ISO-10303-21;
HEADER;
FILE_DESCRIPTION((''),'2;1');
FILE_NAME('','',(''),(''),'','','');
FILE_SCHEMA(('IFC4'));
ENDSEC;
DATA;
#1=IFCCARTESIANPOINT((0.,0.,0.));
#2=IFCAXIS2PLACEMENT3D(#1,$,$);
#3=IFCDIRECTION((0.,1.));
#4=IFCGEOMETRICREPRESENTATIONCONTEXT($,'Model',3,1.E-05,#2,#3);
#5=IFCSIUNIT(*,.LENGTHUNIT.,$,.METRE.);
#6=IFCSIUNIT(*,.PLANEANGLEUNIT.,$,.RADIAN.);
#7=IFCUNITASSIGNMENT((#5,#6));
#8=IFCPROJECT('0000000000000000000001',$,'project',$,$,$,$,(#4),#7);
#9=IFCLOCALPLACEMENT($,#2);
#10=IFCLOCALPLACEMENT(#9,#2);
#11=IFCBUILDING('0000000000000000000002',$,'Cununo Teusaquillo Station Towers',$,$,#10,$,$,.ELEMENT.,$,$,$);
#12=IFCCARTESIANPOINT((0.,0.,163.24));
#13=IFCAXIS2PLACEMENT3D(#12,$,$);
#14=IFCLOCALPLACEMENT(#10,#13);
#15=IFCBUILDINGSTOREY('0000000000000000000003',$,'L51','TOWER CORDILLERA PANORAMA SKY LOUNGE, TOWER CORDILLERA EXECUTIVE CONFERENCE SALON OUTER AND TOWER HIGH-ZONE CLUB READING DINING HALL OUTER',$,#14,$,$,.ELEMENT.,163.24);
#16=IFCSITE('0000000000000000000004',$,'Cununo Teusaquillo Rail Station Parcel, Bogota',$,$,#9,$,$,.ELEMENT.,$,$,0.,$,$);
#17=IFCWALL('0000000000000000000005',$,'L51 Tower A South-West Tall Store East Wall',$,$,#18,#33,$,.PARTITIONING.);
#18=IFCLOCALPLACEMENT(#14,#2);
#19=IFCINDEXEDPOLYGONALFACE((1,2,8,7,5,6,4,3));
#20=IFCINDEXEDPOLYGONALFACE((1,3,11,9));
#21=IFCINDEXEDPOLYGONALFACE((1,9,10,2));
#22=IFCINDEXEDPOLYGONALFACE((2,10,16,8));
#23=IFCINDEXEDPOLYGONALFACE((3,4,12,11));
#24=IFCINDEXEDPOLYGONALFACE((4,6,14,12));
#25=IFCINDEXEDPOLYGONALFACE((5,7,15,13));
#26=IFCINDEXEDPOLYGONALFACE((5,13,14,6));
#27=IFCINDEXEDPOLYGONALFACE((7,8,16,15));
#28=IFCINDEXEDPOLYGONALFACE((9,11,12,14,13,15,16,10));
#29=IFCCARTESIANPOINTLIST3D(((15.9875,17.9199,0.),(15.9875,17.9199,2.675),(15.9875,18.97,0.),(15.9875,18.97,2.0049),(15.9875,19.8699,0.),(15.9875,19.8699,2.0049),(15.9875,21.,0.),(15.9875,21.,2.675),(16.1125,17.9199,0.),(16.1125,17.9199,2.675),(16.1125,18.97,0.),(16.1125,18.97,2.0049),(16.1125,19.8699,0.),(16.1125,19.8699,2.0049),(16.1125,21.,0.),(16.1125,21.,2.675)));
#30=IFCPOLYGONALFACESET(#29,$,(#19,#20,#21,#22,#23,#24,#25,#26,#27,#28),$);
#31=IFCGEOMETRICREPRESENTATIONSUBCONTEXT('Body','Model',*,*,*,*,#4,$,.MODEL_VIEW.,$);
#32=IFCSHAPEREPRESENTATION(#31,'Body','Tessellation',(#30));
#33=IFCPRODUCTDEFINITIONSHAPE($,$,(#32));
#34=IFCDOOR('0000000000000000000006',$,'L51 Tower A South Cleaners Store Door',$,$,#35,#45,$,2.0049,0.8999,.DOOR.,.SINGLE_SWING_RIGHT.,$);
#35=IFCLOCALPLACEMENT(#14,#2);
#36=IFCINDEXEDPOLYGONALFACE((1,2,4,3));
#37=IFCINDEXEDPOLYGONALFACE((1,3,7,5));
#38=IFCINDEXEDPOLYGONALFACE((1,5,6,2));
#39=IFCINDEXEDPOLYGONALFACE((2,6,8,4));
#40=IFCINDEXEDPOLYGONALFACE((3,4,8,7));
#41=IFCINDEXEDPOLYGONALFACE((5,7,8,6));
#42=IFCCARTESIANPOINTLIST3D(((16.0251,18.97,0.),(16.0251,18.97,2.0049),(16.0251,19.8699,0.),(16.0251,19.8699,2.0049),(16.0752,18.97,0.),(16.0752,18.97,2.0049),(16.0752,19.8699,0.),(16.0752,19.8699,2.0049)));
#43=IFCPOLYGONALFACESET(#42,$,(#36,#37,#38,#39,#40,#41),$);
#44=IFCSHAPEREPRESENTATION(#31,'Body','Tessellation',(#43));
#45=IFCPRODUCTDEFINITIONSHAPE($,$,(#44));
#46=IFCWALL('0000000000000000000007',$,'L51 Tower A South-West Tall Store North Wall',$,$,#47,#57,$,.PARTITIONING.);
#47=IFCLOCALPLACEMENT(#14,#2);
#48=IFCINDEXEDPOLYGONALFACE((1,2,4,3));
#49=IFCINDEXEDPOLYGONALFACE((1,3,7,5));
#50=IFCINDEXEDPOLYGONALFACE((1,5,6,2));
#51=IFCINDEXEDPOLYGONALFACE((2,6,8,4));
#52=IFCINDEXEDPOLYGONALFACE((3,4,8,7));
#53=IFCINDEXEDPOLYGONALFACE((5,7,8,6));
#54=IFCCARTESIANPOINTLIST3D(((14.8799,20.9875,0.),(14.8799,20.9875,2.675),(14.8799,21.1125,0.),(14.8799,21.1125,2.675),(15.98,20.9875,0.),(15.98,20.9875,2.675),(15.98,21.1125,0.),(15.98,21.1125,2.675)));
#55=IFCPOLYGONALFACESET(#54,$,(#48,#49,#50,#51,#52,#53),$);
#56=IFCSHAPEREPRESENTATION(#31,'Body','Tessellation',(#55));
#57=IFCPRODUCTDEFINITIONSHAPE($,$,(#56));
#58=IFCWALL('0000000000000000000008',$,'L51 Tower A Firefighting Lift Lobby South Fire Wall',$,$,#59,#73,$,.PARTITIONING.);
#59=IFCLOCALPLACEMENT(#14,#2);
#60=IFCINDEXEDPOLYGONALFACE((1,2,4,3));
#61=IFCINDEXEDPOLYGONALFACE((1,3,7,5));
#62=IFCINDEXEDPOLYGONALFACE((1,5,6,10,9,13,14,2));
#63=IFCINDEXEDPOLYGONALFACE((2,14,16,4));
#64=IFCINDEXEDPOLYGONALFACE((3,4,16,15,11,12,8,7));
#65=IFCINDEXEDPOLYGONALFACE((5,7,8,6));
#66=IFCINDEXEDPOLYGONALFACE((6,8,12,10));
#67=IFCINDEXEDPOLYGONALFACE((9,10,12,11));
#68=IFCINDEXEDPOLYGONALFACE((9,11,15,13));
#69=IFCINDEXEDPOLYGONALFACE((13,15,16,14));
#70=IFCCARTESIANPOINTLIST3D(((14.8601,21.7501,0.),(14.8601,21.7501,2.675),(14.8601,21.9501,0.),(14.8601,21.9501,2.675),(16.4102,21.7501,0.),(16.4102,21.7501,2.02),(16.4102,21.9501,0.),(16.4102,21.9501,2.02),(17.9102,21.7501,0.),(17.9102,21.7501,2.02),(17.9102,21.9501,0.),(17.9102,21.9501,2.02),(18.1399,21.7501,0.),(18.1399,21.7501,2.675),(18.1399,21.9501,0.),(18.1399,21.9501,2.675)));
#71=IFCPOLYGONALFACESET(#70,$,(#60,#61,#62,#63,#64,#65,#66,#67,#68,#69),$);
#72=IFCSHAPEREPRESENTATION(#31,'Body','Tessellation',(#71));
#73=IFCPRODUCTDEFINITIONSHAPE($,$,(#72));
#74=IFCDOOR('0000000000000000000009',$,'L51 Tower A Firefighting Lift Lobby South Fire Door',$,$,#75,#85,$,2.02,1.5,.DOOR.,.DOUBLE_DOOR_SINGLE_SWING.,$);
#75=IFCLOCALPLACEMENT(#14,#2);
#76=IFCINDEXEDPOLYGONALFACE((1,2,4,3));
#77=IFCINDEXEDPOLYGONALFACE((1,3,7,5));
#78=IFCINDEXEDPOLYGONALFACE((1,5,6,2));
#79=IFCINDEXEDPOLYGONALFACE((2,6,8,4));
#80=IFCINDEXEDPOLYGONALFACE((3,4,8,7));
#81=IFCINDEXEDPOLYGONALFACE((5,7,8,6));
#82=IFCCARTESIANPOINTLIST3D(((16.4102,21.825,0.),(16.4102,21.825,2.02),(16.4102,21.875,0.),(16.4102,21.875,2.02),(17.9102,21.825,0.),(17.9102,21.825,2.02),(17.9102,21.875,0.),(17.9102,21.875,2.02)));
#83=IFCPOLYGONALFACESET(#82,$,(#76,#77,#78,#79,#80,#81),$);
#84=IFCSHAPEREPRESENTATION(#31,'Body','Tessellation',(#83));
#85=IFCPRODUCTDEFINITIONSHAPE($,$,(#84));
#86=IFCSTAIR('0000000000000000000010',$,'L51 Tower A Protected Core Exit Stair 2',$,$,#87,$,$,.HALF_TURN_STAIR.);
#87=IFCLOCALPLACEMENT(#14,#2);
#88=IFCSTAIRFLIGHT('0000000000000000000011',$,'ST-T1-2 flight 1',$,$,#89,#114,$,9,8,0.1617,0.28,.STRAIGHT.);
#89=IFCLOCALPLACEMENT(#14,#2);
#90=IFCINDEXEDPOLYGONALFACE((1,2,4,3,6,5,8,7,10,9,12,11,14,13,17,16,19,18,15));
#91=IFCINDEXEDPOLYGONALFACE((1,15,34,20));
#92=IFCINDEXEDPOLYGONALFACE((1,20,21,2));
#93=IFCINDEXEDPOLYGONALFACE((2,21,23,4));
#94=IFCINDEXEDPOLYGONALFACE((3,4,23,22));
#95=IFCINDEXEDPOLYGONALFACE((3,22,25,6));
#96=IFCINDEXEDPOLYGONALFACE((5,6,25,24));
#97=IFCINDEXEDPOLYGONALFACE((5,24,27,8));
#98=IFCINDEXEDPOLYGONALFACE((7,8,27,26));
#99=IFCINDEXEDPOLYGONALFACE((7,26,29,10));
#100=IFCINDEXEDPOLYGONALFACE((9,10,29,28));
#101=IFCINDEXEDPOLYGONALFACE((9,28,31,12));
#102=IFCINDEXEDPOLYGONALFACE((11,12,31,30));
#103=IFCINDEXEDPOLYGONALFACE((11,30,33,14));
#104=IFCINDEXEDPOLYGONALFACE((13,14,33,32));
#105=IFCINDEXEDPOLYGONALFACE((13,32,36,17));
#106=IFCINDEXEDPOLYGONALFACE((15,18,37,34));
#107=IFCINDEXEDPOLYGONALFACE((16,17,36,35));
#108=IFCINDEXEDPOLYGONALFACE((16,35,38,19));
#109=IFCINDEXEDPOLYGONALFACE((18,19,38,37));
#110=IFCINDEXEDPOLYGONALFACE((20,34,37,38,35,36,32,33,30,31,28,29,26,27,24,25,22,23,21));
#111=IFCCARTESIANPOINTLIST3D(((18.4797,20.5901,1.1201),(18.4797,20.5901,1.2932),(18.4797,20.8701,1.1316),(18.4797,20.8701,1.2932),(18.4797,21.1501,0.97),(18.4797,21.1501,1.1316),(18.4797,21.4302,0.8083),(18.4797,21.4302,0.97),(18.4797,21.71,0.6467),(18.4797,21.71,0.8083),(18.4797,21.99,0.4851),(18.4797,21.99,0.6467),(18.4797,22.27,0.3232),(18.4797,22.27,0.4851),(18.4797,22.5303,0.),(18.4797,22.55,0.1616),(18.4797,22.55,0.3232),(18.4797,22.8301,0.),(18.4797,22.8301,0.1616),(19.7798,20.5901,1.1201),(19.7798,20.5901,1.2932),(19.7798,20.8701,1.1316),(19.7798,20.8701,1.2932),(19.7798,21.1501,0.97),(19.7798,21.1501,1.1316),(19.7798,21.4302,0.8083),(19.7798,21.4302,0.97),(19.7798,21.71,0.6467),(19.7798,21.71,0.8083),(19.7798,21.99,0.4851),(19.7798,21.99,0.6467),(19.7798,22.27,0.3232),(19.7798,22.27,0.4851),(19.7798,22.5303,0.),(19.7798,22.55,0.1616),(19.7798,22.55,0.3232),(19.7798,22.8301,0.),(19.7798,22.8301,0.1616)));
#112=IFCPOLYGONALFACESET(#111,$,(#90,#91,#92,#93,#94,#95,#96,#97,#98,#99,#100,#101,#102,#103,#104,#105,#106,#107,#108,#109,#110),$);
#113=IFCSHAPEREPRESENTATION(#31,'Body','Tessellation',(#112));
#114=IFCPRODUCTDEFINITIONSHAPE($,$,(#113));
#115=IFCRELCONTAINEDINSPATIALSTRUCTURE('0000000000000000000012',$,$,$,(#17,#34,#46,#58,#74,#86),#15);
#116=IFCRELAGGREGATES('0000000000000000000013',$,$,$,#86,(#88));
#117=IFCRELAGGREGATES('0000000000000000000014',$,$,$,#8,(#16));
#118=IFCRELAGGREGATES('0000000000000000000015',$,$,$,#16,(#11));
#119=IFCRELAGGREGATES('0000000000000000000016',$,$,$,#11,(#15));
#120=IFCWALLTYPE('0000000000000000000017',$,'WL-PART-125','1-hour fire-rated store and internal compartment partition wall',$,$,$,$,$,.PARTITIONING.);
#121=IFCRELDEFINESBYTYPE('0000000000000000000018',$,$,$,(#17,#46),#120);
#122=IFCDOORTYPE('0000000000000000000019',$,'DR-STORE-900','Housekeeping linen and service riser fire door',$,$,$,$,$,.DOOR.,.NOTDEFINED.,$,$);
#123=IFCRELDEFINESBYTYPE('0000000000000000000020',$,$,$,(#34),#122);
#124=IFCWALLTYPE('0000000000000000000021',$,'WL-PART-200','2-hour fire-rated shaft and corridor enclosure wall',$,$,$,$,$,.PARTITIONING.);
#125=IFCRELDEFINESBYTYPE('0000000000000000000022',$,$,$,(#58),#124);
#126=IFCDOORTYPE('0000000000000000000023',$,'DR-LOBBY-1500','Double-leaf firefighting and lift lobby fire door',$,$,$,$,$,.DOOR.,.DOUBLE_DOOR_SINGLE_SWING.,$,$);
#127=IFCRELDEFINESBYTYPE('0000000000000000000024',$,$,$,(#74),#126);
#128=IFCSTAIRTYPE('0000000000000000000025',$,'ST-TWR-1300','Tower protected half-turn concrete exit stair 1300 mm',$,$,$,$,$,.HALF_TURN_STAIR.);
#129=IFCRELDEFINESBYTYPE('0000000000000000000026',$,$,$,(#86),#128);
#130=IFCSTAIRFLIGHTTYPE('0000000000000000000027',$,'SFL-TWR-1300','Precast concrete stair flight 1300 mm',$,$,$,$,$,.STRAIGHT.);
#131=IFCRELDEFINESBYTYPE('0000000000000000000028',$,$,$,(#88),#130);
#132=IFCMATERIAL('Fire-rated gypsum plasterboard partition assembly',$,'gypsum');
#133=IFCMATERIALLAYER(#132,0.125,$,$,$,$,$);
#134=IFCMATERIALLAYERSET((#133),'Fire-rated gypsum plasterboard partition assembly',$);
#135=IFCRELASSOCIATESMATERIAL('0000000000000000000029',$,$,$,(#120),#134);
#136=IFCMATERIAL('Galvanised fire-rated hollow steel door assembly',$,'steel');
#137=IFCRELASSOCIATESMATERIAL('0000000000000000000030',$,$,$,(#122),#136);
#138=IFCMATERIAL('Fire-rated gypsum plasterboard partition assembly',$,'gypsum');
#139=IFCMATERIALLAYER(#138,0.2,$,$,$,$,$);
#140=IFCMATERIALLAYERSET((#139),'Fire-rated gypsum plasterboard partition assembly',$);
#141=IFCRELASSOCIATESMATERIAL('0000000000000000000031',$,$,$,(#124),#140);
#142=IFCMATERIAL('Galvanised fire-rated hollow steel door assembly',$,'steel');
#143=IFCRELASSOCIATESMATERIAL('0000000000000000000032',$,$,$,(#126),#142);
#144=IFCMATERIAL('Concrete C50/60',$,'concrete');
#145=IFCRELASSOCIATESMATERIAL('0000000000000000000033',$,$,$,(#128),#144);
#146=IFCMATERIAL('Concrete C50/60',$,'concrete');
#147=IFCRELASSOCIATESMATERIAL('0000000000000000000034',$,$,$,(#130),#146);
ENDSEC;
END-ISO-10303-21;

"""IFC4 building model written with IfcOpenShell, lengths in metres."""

from ifc_helpers import new_model, si_unit, direction, frame, frame_2d, origin, place, context, subcontext, project, spatial, polyline, rectangle, outline, extrude, source, transform, mapped, material, layer, layer_set, type_object, element, fill, aggregate, save


model = new_model("IFC4")

# Units and contexts
model_context = context("Model", 3, precision=1e-05, world=origin(), true_north=direction((0.0, 1.0)))
body_context = subcontext(model_context, "Body", "Model", "MODEL_VIEW")
ifc_project = project(units=[si_unit("LENGTHUNIT", "METRE"), si_unit("PLANEANGLEUNIT", "RADIAN")], contexts=[model_context])

# Site, building, storey
site_placement = place(None, origin())
site = spatial("IfcSite", under=ifc_project, at=site_placement, Name="Cununo Teusaquillo Rail Station Parcel, Bogota", CompositionType="ELEMENT", RefElevation=0.0)
building_placement = place(site_placement, origin())
building = spatial("IfcBuilding", under=site, at=building_placement, Name="Cununo Teusaquillo Station Towers", CompositionType="ELEMENT")
storey_placement = place(building_placement, frame((0.0, 0.0, 163.24)))
storey = spatial("IfcBuildingStorey", under=building, at=storey_placement, Name="L51", Description="TOWER CORDILLERA PANORAMA SKY LOUNGE, TOWER CORDILLERA EXECUTIVE CONFERENCE SALON OUTER AND TOWER HIGH-ZONE CLUB READING DINING HALL OUTER", CompositionType="ELEMENT", Elevation=163.24)

# Wall, opening, door
ifc_material_1 = material(Name="Fire-rated gypsum plasterboard partition assembly", Category="gypsum")
ifc_layer_1 = layer(ifc_material_1, 0.125)
ifc_layer_set_1 = layer_set([ifc_layer_1], Name="Fire-rated gypsum plasterboard partition assembly")
wall_type_1 = type_object("IfcWallType", Name="WL-PART-125", Description="1-hour fire-rated store and internal compartment partition wall", PredefinedType="PARTITIONING", material=ifc_layer_set_1)
wall_1_placement = place(storey_placement, frame((16.05, 17.9199, 0.0), z_axis=(0.0, 0.0, 1.0), x_axis=(0.0, 1.0, 0.0)))
wall_1 = element("IfcWall", 1, at=wall_1_placement, inside=storey, type_object=wall_type_1, Name="L51 Tower A South-West Tall Store East Wall", PredefinedType="PARTITIONING", context=body_context, shape_type="SweptSolid", body=[
    extrude(rectangle(XDim=3.0801, YDim=0.125, at=frame_2d((1.54, 0.0))), origin(), (0.0, 0.0, 1.0), 2.675),
])
shared_shape_1 = source(origin(), body_context, "Body", "SweptSolid", [
    extrude(rectangle(XDim=0.8999, YDim=2.0049, at=frame_2d((0.45, 1.0024))), frame((0.0, 0.0725, 0.0), z_axis=(0.0, -1.0, 0.0), x_axis=(1.0, 0.0, 0.0)), (0.0, 0.0, 1.0), 0.145),
])
opening_1_placement = place(wall_1_placement, frame((1.05, 0.0, 0.0)))
opening_1 = element("IfcOpeningElement", 2, at=opening_1_placement, cuts=wall_1, PredefinedType="OPENING", context=body_context, shape_type="MappedRepresentation", body=[
    mapped(shared_shape_1, transform((0.0, 0.0, 0.0), x_axis=(1.0, 0.0, 0.0), y_axis=(0.0, 1.0, 0.0), z_axis=(0.0, 0.0, 1.0), scale=1.0)),
])
ifc_material_2 = material(Name="Galvanised fire-rated hollow steel door assembly", Category="steel")
door_type_1 = type_object("IfcDoorType", Name="DR-STORE-900", Description="Housekeeping linen and service riser fire door", OperationType="NOTDEFINED", PredefinedType="DOOR", material=ifc_material_2)
shared_shape_2 = source(origin(), body_context, "Body", "SweptSolid", [
    extrude(rectangle(XDim=0.8999, YDim=2.0049, at=frame_2d((0.45, 1.0024))), frame((0.0, 0.0249, 0.0), z_axis=(0.0, -1.0, 0.0), x_axis=(1.0, 0.0, 0.0)), (0.0, 0.0, 1.0), 0.05),
])
door_1_placement = place(opening_1_placement, origin())
door_1 = element("IfcDoor", 3, at=door_1_placement, inside=storey, type_object=door_type_1, Name="L51 Tower A South Cleaners Store Door", OperationType="SINGLE_SWING_RIGHT", OverallHeight=2.0049, OverallWidth=0.8999, PredefinedType="DOOR", context=body_context, shape_type="MappedRepresentation", body=[
    mapped(shared_shape_2, transform((0.0, 0.0, 0.0), x_axis=(1.0, 0.0, 0.0), y_axis=(0.0, 1.0, 0.0), z_axis=(0.0, 0.0, 1.0), scale=1.0)),
])
fill(opening_1, door_1)

# Wall
wall_2_placement = place(storey_placement, frame((14.8799, 21.05, 0.0), z_axis=(0.0, 0.0, 1.0), x_axis=(1.0, 0.0, 0.0)))
element("IfcWall", 4, at=wall_2_placement, inside=storey, type_object=wall_type_1, Name="L51 Tower A South-West Tall Store North Wall", PredefinedType="PARTITIONING", context=body_context, shape_type="SweptSolid", body=[
    extrude(rectangle(XDim=1.1001, YDim=0.125, at=frame_2d((0.55, 0.0))), origin(), (0.0, 0.0, 1.0), 2.675),
])

# Wall, opening, door
ifc_material_3 = material(Name="Fire-rated gypsum plasterboard partition assembly", Category="gypsum")
ifc_layer_2 = layer(ifc_material_3, 0.2)
ifc_layer_set_2 = layer_set([ifc_layer_2], Name="Fire-rated gypsum plasterboard partition assembly")
wall_type_2 = type_object("IfcWallType", Name="WL-PART-200", Description="2-hour fire-rated shaft and corridor enclosure wall", PredefinedType="PARTITIONING", material=ifc_layer_set_2)
wall_3_placement = place(storey_placement, frame((14.8601, 21.8501, 0.0), z_axis=(0.0, 0.0, 1.0), x_axis=(1.0, 0.0, 0.0)))
wall_3 = element("IfcWall", 5, at=wall_3_placement, inside=storey, type_object=wall_type_2, Name="L51 Tower A Firefighting Lift Lobby South Fire Wall", PredefinedType="PARTITIONING", context=body_context, shape_type="SweptSolid", body=[
    extrude(rectangle(XDim=3.2798, YDim=0.2, at=frame_2d((1.6399, 0.0))), origin(), (0.0, 0.0, 1.0), 2.675),
])
shared_shape_3 = source(origin(), body_context, "Body", "SweptSolid", [
    extrude(rectangle(XDim=1.5, YDim=2.02, at=frame_2d((0.75, 1.01))), frame((0.0, 0.1099, 0.0), z_axis=(0.0, -1.0, 0.0), x_axis=(1.0, 0.0, 0.0)), (0.0, 0.0, 1.0), 0.22),
])
opening_2_placement = place(wall_3_placement, frame((1.55, 0.0, 0.0)))
opening_2 = element("IfcOpeningElement", 6, at=opening_2_placement, cuts=wall_3, PredefinedType="OPENING", context=body_context, shape_type="MappedRepresentation", body=[
    mapped(shared_shape_3, transform((0.0, 0.0, 0.0), x_axis=(1.0, 0.0, 0.0), y_axis=(0.0, 1.0, 0.0), z_axis=(0.0, 0.0, 1.0), scale=1.0)),
])
ifc_material_4 = material(Name="Galvanised fire-rated hollow steel door assembly", Category="steel")
door_type_2 = type_object("IfcDoorType", Name="DR-LOBBY-1500", Description="Double-leaf firefighting and lift lobby fire door", OperationType="DOUBLE_DOOR_SINGLE_SWING", PredefinedType="DOOR", material=ifc_material_4)
shared_shape_4 = source(origin(), body_context, "Body", "SweptSolid", [
    extrude(rectangle(XDim=1.5, YDim=2.02, at=frame_2d((0.75, 1.01))), frame((0.0, 0.0249, 0.0), z_axis=(0.0, -1.0, 0.0), x_axis=(1.0, 0.0, 0.0)), (0.0, 0.0, 1.0), 0.05),
])
door_2_placement = place(opening_2_placement, origin())
door_2 = element("IfcDoor", 7, at=door_2_placement, inside=storey, type_object=door_type_2, Name="L51 Tower A Firefighting Lift Lobby South Fire Door", OperationType="DOUBLE_DOOR_SINGLE_SWING", OverallHeight=2.02, OverallWidth=1.5, PredefinedType="DOOR", context=body_context, shape_type="MappedRepresentation", body=[
    mapped(shared_shape_4, transform((0.0, 0.0, 0.0), x_axis=(1.0, 0.0, 0.0), y_axis=(0.0, 1.0, 0.0), z_axis=(0.0, 0.0, 1.0), scale=1.0)),
])
fill(opening_2, door_2)

# Stair, stair flight
ifc_material_5 = material(Name="Concrete C50/60", Category="concrete")
stair_type = type_object("IfcStairType", Name="ST-TWR-1300", Description="Tower protected half-turn concrete exit stair 1300 mm", PredefinedType="HALF_TURN_STAIR", material=ifc_material_5)
stair_placement = place(storey_placement, origin())
stair = element("IfcStair", 8, at=stair_placement, inside=storey, type_object=stair_type, Name="L51 Tower A Protected Core Exit Stair 2", PredefinedType="HALF_TURN_STAIR")
ifc_material_6 = material(Name="Concrete C50/60", Category="concrete")
stair_flight_type = type_object("IfcStairFlightType", Name="SFL-TWR-1300", Description="Precast concrete stair flight 1300 mm", PredefinedType="STRAIGHT", material=ifc_material_6)
stair_flight_placement = place(storey_placement, frame((19.1299, 22.8301, 0.0), z_axis=(0.0, 0.0, 1.0), x_axis=(0.0, -1.0, 0.0)))
stair_flight = element("IfcStairFlight", 9, at=stair_flight_placement, type_object=stair_flight_type, Name="ST-T1-2 flight 1", NumberOfRisers=9, NumberOfTreads=8, PredefinedType="STRAIGHT", RiserHeight=0.1617, TreadLength=0.28, context=body_context, shape_type="SweptSolid", body=[
    extrude(outline(polyline([(0.0, 0.0), (0.0, 0.1616), (0.28, 0.1616), (0.28, 0.3232), (0.5601, 0.3232), (0.5601, 0.4851), (0.8401, 0.4851), (0.8401, 0.6467), (1.1201, 0.6467), (1.1201, 0.8083), (1.3999, 0.8083), (1.3999, 0.97), (1.6799, 0.97), (1.6799, 1.1316), (1.96, 1.1316), (1.96, 1.2932), (2.24, 1.2932), (2.24, 1.4551), (2.24, 1.1201), (0.2998, 0.0), (0.0, 0.0)])), frame((0.0, 0.6499, 0.0), z_axis=(0.0, -1.0, 0.0), x_axis=(1.0, 0.0, 0.0)), (0.0, 0.0, 1.0), 1.3),
])
aggregate(stair, [stair_flight])

save(model, "model.ifc")
